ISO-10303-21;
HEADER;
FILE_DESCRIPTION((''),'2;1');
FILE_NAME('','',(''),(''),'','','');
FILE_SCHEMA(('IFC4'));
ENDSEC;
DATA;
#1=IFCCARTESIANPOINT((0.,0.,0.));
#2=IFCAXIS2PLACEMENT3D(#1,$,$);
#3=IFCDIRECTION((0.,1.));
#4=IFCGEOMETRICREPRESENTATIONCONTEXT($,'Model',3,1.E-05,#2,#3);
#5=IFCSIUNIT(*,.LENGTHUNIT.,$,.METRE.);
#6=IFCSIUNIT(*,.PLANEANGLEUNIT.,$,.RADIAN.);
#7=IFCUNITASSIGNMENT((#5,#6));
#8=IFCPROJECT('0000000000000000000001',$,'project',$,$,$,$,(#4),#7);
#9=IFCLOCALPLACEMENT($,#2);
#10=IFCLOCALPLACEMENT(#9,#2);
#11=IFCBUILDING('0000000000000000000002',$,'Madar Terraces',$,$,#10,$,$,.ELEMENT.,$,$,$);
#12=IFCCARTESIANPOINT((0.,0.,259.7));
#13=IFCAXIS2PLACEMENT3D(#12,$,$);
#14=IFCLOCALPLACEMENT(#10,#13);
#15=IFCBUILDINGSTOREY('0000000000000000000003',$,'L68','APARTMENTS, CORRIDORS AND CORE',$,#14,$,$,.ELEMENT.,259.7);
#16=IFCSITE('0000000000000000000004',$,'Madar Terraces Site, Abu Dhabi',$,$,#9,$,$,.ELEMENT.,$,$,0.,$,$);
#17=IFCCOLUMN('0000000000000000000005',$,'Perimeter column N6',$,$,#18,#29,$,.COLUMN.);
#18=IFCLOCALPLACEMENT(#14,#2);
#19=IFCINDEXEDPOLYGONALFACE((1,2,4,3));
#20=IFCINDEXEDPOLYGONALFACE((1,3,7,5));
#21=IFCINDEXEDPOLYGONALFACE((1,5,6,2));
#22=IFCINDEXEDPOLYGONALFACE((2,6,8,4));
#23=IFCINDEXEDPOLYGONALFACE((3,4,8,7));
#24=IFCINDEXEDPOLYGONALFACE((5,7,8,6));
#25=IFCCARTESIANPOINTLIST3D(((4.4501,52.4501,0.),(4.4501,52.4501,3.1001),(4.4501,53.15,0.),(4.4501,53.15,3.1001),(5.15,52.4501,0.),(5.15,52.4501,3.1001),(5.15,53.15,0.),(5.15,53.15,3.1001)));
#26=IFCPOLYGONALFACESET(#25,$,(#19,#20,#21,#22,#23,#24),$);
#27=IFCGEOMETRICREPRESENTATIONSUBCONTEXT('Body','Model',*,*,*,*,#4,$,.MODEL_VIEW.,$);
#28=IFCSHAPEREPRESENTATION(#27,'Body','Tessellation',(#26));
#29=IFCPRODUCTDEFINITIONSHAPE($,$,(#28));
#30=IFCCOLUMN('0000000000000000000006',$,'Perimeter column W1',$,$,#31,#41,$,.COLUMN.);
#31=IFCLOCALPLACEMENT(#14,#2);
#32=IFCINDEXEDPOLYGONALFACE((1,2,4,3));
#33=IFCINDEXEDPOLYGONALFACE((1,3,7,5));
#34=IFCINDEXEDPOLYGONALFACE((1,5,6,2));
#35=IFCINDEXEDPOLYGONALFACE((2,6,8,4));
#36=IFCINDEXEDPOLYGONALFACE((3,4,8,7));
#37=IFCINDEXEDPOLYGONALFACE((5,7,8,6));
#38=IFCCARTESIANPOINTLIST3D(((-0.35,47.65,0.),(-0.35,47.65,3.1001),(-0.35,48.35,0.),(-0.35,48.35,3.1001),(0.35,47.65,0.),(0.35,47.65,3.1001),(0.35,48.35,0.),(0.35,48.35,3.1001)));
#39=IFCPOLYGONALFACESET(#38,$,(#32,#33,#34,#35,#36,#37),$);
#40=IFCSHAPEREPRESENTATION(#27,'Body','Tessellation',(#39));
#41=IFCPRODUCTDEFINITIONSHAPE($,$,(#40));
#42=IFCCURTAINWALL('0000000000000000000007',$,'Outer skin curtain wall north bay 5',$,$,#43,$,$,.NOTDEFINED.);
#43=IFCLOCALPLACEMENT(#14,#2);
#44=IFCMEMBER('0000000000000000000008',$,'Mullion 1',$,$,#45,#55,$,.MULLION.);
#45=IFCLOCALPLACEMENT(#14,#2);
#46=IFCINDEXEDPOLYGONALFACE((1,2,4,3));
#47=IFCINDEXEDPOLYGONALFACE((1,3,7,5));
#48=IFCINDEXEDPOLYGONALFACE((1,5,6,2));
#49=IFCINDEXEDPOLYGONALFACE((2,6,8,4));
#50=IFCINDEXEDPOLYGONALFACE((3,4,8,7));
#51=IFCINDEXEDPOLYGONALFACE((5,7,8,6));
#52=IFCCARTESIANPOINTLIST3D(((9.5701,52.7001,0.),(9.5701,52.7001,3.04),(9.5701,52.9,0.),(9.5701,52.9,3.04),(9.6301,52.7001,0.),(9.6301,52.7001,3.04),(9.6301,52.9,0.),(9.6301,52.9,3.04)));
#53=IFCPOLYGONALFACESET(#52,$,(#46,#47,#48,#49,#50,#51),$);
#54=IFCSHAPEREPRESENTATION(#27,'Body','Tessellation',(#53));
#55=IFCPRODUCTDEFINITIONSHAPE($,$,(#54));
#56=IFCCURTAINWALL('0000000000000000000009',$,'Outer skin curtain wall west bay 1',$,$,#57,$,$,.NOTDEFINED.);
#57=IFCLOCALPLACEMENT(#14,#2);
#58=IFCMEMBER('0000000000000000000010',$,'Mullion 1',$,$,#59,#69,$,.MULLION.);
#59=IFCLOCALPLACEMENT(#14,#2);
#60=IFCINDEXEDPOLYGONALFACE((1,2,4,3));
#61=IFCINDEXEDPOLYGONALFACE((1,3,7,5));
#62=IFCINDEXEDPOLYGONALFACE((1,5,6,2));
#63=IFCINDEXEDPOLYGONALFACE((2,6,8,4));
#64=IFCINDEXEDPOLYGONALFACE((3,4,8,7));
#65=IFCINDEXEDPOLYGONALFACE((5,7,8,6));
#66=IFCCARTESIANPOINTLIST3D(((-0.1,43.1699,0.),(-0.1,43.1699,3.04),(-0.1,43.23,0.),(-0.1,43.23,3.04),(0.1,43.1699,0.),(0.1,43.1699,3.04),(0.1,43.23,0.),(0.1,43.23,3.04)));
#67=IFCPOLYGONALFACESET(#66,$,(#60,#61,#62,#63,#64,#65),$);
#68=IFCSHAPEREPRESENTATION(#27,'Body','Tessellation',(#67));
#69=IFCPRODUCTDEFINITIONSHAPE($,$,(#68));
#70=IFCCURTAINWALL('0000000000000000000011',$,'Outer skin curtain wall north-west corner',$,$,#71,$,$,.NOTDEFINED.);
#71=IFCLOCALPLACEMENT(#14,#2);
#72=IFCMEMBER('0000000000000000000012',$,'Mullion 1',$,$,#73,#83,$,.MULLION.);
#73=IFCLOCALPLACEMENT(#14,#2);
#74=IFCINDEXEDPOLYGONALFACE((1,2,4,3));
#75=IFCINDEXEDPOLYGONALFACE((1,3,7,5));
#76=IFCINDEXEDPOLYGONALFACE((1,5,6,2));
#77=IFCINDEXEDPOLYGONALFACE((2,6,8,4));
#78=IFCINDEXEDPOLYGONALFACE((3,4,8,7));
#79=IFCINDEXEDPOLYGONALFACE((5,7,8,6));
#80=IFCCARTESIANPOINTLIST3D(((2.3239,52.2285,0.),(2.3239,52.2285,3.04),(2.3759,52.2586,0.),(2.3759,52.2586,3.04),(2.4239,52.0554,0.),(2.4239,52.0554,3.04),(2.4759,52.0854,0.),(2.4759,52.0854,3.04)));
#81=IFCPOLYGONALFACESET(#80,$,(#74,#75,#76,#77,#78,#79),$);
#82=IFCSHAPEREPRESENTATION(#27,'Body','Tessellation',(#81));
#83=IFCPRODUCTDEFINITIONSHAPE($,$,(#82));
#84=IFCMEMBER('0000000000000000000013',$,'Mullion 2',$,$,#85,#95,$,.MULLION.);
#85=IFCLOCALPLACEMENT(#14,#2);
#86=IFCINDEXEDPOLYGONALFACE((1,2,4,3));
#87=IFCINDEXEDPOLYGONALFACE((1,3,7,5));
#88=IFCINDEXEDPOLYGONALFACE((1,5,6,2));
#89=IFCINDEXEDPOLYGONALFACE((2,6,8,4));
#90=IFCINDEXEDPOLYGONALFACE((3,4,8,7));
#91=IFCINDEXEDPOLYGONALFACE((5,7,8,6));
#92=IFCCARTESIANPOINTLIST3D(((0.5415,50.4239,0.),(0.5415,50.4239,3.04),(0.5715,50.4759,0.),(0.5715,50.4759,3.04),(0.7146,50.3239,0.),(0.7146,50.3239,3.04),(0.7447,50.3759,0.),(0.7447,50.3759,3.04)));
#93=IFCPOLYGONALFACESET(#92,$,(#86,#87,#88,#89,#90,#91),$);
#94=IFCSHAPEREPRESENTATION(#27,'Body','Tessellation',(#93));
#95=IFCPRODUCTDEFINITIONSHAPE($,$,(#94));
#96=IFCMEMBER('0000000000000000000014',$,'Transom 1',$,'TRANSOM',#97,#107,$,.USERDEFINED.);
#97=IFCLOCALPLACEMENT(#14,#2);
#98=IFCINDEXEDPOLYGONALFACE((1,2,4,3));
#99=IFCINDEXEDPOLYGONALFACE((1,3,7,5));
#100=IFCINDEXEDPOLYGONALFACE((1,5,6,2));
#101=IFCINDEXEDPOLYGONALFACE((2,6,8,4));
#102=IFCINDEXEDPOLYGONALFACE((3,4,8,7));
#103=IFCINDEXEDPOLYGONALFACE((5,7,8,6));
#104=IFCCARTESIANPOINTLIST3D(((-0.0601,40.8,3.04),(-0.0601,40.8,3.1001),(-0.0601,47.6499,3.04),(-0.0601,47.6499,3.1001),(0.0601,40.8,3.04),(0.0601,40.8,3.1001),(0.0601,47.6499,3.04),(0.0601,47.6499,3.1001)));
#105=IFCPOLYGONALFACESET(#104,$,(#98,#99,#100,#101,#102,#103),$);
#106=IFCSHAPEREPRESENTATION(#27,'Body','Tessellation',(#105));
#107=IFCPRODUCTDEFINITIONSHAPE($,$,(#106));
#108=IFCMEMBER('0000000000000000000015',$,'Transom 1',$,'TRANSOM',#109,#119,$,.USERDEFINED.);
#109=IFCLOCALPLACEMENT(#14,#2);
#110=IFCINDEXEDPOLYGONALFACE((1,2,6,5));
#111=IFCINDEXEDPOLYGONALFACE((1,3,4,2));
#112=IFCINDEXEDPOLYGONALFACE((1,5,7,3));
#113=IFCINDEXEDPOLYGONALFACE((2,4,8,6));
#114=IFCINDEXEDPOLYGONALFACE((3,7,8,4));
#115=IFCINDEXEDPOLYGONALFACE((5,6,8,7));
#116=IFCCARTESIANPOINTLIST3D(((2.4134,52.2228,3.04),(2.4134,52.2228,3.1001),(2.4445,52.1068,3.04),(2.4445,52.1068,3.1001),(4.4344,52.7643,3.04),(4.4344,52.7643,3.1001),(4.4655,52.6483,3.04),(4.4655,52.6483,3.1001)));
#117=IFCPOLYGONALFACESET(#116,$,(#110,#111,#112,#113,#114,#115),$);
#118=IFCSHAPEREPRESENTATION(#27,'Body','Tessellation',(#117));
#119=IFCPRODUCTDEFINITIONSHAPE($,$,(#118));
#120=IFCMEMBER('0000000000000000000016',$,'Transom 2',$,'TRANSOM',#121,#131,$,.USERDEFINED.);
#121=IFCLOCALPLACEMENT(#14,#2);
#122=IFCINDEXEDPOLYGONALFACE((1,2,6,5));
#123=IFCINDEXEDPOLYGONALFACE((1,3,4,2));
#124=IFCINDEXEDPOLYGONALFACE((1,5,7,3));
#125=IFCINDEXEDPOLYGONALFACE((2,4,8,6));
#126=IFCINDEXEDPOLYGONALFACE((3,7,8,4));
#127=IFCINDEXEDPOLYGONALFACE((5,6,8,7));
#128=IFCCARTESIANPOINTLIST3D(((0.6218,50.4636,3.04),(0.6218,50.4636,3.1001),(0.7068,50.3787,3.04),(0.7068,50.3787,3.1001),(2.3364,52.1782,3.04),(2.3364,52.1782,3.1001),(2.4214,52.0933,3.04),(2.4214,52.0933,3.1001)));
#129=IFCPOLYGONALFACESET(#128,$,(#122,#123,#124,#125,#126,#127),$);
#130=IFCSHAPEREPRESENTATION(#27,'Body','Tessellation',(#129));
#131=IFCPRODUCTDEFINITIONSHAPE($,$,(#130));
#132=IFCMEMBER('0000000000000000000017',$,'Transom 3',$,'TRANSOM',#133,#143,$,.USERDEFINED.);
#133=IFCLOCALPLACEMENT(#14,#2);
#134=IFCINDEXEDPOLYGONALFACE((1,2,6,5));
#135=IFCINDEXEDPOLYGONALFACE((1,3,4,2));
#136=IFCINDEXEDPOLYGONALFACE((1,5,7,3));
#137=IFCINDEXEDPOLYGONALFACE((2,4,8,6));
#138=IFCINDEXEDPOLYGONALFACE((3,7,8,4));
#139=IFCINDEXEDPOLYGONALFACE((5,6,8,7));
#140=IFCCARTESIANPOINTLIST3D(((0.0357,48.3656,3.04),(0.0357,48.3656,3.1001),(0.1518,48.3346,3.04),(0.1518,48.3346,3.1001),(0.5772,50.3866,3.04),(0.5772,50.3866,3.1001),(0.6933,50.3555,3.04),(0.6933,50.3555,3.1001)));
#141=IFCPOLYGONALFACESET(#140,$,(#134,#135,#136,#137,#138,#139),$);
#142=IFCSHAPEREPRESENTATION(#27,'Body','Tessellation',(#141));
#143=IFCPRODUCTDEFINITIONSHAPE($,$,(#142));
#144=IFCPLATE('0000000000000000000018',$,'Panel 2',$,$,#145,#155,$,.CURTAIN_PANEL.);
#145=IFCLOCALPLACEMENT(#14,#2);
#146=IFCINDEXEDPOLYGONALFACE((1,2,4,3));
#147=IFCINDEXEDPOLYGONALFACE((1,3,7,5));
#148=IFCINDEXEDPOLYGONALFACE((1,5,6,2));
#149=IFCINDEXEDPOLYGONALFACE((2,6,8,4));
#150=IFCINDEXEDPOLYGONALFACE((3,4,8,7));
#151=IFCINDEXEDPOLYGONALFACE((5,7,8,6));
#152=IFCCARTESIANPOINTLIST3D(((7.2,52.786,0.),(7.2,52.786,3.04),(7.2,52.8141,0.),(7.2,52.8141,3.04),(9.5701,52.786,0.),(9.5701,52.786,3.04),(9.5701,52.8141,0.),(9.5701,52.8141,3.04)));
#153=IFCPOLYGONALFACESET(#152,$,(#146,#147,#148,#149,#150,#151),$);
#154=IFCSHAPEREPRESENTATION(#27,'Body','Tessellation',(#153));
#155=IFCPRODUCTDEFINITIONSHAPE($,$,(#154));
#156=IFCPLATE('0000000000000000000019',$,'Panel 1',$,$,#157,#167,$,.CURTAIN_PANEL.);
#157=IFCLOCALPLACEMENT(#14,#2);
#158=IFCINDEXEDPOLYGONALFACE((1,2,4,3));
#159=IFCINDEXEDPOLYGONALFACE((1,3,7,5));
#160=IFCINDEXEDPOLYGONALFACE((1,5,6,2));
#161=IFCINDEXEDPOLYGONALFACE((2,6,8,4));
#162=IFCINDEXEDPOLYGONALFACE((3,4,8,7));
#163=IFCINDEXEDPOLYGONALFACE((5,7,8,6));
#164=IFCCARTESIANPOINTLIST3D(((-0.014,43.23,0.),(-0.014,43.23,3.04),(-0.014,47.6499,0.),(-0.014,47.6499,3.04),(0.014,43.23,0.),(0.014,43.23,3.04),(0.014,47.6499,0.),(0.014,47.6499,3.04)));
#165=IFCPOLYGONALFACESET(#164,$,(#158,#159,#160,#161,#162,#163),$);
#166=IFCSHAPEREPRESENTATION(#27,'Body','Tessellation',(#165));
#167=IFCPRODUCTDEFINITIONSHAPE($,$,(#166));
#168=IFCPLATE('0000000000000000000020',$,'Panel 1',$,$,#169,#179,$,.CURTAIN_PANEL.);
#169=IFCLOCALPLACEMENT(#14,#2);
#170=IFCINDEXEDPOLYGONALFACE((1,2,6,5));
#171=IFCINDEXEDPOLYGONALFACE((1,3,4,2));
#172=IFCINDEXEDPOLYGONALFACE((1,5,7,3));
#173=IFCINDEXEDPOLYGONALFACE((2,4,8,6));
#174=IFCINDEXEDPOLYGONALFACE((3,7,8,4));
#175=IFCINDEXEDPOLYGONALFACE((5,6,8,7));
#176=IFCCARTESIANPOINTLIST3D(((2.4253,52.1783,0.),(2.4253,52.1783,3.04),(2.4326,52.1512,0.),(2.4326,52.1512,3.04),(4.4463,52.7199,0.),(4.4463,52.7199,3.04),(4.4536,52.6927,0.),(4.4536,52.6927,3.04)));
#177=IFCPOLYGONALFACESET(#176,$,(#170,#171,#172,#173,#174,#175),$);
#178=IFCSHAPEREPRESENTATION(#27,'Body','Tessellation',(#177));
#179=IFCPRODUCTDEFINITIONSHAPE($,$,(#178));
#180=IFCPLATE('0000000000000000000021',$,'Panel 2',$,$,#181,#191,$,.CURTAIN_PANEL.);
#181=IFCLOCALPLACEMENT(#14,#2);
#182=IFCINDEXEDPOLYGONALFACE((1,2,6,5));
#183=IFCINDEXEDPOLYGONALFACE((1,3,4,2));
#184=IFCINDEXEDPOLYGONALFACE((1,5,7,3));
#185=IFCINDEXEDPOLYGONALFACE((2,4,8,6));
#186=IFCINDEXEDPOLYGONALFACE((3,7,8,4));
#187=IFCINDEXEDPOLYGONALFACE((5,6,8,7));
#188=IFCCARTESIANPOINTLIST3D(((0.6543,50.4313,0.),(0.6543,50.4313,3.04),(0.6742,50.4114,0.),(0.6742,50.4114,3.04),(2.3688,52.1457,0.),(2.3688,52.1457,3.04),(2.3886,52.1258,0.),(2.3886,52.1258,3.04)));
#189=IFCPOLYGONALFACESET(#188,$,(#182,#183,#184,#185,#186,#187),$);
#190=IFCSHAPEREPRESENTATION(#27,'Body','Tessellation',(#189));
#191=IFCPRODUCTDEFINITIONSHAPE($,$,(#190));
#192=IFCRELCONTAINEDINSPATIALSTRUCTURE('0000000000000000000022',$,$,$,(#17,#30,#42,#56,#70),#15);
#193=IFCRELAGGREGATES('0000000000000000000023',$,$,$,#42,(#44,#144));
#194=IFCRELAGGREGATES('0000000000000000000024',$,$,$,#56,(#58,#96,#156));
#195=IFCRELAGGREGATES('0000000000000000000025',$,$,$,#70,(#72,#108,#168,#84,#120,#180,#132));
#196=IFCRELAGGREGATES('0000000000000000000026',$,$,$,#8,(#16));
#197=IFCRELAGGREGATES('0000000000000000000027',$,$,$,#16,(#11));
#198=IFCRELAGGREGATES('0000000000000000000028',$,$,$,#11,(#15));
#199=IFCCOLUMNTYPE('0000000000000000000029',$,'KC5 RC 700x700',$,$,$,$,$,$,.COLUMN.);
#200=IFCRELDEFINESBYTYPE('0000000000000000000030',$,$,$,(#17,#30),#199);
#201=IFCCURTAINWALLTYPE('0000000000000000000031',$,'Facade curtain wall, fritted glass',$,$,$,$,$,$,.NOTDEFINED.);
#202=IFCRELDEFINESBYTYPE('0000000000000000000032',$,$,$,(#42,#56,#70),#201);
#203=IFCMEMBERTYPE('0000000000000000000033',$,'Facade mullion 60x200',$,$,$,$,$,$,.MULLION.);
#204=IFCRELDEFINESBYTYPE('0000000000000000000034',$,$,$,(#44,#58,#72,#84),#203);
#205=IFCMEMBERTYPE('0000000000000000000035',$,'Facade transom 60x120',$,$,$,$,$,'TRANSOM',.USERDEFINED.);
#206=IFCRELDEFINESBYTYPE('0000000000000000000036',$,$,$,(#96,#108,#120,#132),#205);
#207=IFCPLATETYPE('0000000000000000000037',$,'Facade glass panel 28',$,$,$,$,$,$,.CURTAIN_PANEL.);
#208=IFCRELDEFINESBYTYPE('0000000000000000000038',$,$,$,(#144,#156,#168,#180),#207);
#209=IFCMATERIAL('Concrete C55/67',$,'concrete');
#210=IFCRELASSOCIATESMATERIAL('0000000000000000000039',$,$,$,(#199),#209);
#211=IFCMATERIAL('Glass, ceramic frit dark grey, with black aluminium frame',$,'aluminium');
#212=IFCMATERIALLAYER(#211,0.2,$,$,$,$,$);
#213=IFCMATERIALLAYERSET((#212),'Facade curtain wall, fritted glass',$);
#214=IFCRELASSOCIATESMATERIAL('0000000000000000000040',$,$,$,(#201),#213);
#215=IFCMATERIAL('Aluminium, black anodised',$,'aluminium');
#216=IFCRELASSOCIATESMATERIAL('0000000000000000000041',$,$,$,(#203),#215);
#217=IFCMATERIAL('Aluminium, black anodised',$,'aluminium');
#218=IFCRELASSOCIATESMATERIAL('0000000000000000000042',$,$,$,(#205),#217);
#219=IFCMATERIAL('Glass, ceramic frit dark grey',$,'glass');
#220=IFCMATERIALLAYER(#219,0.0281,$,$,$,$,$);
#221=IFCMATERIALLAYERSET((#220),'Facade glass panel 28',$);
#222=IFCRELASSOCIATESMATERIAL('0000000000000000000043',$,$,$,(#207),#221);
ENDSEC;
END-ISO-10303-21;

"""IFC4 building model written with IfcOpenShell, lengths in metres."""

from ifc_helpers import new_model, si_unit, direction, frame, origin, origin_2d, place, context, subcontext, project, spatial, rectangle, extrude, material, layer, layer_set, material_profile, profile_set, type_object, element, aggregate, save


model = new_model("IFC4")

# Units and contexts
model_context = context("Model", 3, precision=1e-05, world=origin(), true_north=direction((0.0, 1.0)))
body_context = subcontext(model_context, "Body", "Model", "MODEL_VIEW")
ifc_project = project(units=[si_unit("LENGTHUNIT", "METRE"), si_unit("PLANEANGLEUNIT", "RADIAN")], contexts=[model_context])

# Site, building, storey
site_placement = place(None, origin())
site = spatial("IfcSite", under=ifc_project, at=site_placement, Name="Madar Terraces Site, Abu Dhabi", CompositionType="ELEMENT", RefElevation=0.0)
building_placement = place(site_placement, origin())
building = spatial("IfcBuilding", under=site, at=building_placement, Name="Madar Terraces", CompositionType="ELEMENT")
storey_placement = place(building_placement, frame((0.0, 0.0, 259.7)))
storey = spatial("IfcBuildingStorey", under=building, at=storey_placement, Name="L68", Description="APARTMENTS, CORRIDORS AND CORE", CompositionType="ELEMENT", Elevation=259.7)

# Columns
ifc_material_1 = material(Name="Concrete C55/67", Category="concrete")
ifc_material_profile_1 = material_profile(ifc_material_1, rectangle(XDim=0.7, YDim=0.7, at=origin_2d()), Name="KC5 RC 700x700")
ifc_profile_set_1 = profile_set([ifc_material_profile_1], Name="Concrete C55/67")
column_type = type_object("IfcColumnType", Name="KC5 RC 700x700", PredefinedType="COLUMN", material=ifc_profile_set_1)
for number, where, z_axis, x_axis, name in (
    (1, (4.8, 52.8, 0.0), (0.0, 0.0, 1.0), (1.0, 0.0, 0.0), "Perimeter column N6"),
    (2, (0.0, 48.0, 0.0), (0.0, 0.0, 1.0), (1.0, 0.0, 0.0), "Perimeter column W1"),
):
    element("IfcColumn", number, at=place(storey_placement, frame(where, z_axis=z_axis, x_axis=x_axis)), inside=storey, type_object=column_type, Name=name, PredefinedType="COLUMN", context=body_context, shape_type="SweptSolid", body=[
        extrude(rectangle(XDim=0.7, YDim=0.7, at=origin_2d()), origin(), (0.0, 0.0, 1.0), 3.1001),
    ])

# Curtain walls, members
ifc_material_2 = material(Name="Glass, ceramic frit dark grey, with black aluminium frame", Category="aluminium")
ifc_layer_1 = layer(ifc_material_2, 0.2)
ifc_layer_set_1 = layer_set([ifc_layer_1], Name="Facade curtain wall, fritted glass")
curtain_wall_type = type_object("IfcCurtainWallType", Name="Facade curtain wall, fritted glass", PredefinedType="NOTDEFINED", material=ifc_layer_set_1)
curtain_wall_1_placement = place(storey_placement, origin())
curtain_wall_1 = element("IfcCurtainWall", 3, at=curtain_wall_1_placement, inside=storey, type_object=curtain_wall_type, Name="Outer skin curtain wall north bay 5", PredefinedType="NOTDEFINED")
ifc_material_3 = material(Name="Aluminium, black anodised", Category="aluminium")
ifc_material_profile_2 = material_profile(ifc_material_3, rectangle(XDim=0.2, YDim=0.0601, at=origin_2d()), Name="Facade mullion 60x200")
ifc_profile_set_2 = profile_set([ifc_material_profile_2], Name="Aluminium, black anodised")
member_type_1 = type_object("IfcMemberType", Name="Facade mullion 60x200", PredefinedType="MULLION", material=ifc_profile_set_2)
member_1_placement = place(storey_placement, frame((9.6001, 52.8, 0.0), z_axis=(0.0, 0.0, 1.0), x_axis=(0.0, -1.0, 0.0)))
member_1 = element("IfcMember", 4, at=member_1_placement, type_object=member_type_1, Name="Mullion 1", PredefinedType="MULLION", context=body_context, shape_type="SweptSolid", body=[
    extrude(rectangle(XDim=0.2, YDim=0.0601, at=origin_2d()), origin(), (0.0, 0.0, 1.0), 3.04),
])
curtain_wall_2_placement = place(storey_placement, origin())
curtain_wall_2 = element("IfcCurtainWall", 5, at=curtain_wall_2_placement, inside=storey, type_object=curtain_wall_type, Name="Outer skin curtain wall west bay 1", PredefinedType="NOTDEFINED")
member_2_placement = place(storey_placement, frame((0.0, 43.2, 0.0), z_axis=(0.0, 0.0, 1.0), x_axis=(1.0, 0.0, 0.0)))
member_2 = element("IfcMember", 6, at=member_2_placement, type_object=member_type_1, Name="Mullion 1", PredefinedType="MULLION", context=body_context, shape_type="SweptSolid", body=[
    extrude(rectangle(XDim=0.2, YDim=0.0601, at=origin_2d()), origin(), (0.0, 0.0, 1.0), 3.04),
])

# Curtain wall, members
curtain_wall_3_placement = place(storey_placement, origin())
curtain_wall_3 = element("IfcCurtainWall", 7, at=curtain_wall_3_placement, inside=storey, type_object=curtain_wall_type, Name="Outer skin curtain wall north-west corner", PredefinedType="NOTDEFINED")
member_3_placement = place(storey_placement, frame((2.3999, 52.157, 0.0), z_axis=(0.0, 0.0, 1.0), x_axis=(0.5, -0.866025, 0.0)))
member_3 = element("IfcMember", 8, at=member_3_placement, type_object=member_type_1, Name="Mullion 1", PredefinedType="MULLION", context=body_context, shape_type="SweptSolid", body=[
    extrude(rectangle(XDim=0.2, YDim=0.0601, at=origin_2d()), origin(), (0.0, 0.0, 1.0), 3.04),
])
member_4_placement = place(storey_placement, frame((0.6431, 50.3999, 0.0), z_axis=(0.0, 0.0, 1.0), x_axis=(0.866025, -0.5, 0.0)))
member_4 = element("IfcMember", 9, at=member_4_placement, type_object=member_type_1, Name="Mullion 2", PredefinedType="MULLION", context=body_context, shape_type="SweptSolid", body=[
    extrude(rectangle(XDim=0.2, YDim=0.0601, at=origin_2d()), origin(), (0.0, 0.0, 1.0), 3.04),
])

# Members
ifc_material_4 = material(Name="Aluminium, black anodised", Category="aluminium")
ifc_material_profile_3 = material_profile(ifc_material_4, rectangle(XDim=0.1201, YDim=0.0601, at=origin_2d()), Name="Facade transom 60x120")
ifc_profile_set_3 = profile_set([ifc_material_profile_3], Name="Aluminium, black anodised")
member_type_2 = type_object("IfcMemberType", Name="Facade transom 60x120", ElementType="TRANSOM", PredefinedType="USERDEFINED", material=ifc_profile_set_3)
member_5_placement = place(storey_placement, frame((0.0, 47.6499, 3.0701), z_axis=(0.0, -1.0, 0.0), x_axis=(1.0, 0.0, 0.0)))
member_5 = element("IfcMember", 10, at=member_5_placement, type_object=member_type_2, Name="Transom 1", ObjectType="TRANSOM", PredefinedType="USERDEFINED", context=body_context, shape_type="SweptSolid", body=[
    extrude(rectangle(XDim=0.1201, YDim=0.0601, at=origin_2d()), origin(), (0.0, 0.0, 1.0), 6.8499),
])
member_6_placement = place(storey_placement, frame((4.45, 52.7063, 3.0701), z_axis=(-0.965928, -0.25881, 0.0), x_axis=(0.25881, -0.965928, 0.0)))
member_6 = element("IfcMember", 11, at=member_6_placement, type_object=member_type_2, Name="Transom 1", ObjectType="TRANSOM", PredefinedType="USERDEFINED", context=body_context, shape_type="SweptSolid", body=[
    extrude(rectangle(XDim=0.1201, YDim=0.0601, at=origin_2d()), origin(), (0.0, 0.0, 1.0), 2.0923),
])
member_7_placement = place(storey_placement, frame((2.3789, 52.1357, 3.0701), z_axis=(-0.707107, -0.707107, 0.0), x_axis=(0.707107, -0.707107, 0.0)))
member_7 = element("IfcMember", 12, at=member_7_placement, type_object=member_type_2, Name="Transom 2", ObjectType="TRANSOM", PredefinedType="USERDEFINED", context=body_context, shape_type="SweptSolid", body=[
    extrude(rectangle(XDim=0.1201, YDim=0.0601, at=origin_2d()), origin(), (0.0, 0.0, 1.0), 2.4248),
])
member_8_placement = place(storey_placement, frame((0.6353, 50.3711, 3.0701), z_axis=(-0.25881, -0.965928, 0.0), x_axis=(0.965928, -0.25881, 0.0)))
member_8 = element("IfcMember", 13, at=member_8_placement, type_object=member_type_2, Name="Transom 3", ObjectType="TRANSOM", PredefinedType="USERDEFINED", context=body_context, shape_type="SweptSolid", body=[
    extrude(rectangle(XDim=0.1201, YDim=0.0601, at=origin_2d()), origin(), (0.0, 0.0, 1.0), 2.0923),
])

# Plates
ifc_material_5 = material(Name="Glass, ceramic frit dark grey", Category="glass")
ifc_layer_2 = layer(ifc_material_5, 0.0281)
ifc_layer_set_2 = layer_set([ifc_layer_2], Name="Facade glass panel 28")
plate_type = type_object("IfcPlateType", Name="Facade glass panel 28", PredefinedType="CURTAIN_PANEL", material=ifc_layer_set_2)
plate_1_placement = place(storey_placement, frame((8.385, 52.8, 0.0), z_axis=(0.0, 0.0, 1.0), x_axis=(-1.0, 0.0, 0.0)))
plate_1 = element("IfcPlate", 14, at=plate_1_placement, type_object=plate_type, Name="Panel 2", PredefinedType="CURTAIN_PANEL", context=body_context, shape_type="SweptSolid", body=[
    extrude(rectangle(XDim=2.3701, YDim=0.0281, at=origin_2d()), origin(), (0.0, 0.0, 1.0), 3.04),
])
aggregate(curtain_wall_1, [member_1, plate_1])
plate_2_placement = place(storey_placement, frame((0.0, 45.4399, 0.0), z_axis=(0.0, 0.0, 1.0), x_axis=(0.0, -1.0, 0.0)))
plate_2 = element("IfcPlate", 15, at=plate_2_placement, type_object=plate_type, Name="Panel 1", PredefinedType="CURTAIN_PANEL", context=body_context, shape_type="SweptSolid", body=[
    extrude(rectangle(XDim=4.4199, YDim=0.0281, at=origin_2d()), origin(), (0.0, 0.0, 1.0), 3.04),
])
aggregate(curtain_wall_2, [member_2, member_5, plate_2])
plate_3_placement = place(storey_placement, frame((3.4395, 52.4355, 0.0), z_axis=(0.0, 0.0, 1.0), x_axis=(-0.965926, -0.258819, 0.0)))
plate_3 = element("IfcPlate", 16, at=plate_3_placement, type_object=plate_type, Name="Panel 1", PredefinedType="CURTAIN_PANEL", context=body_context, shape_type="SweptSolid", body=[
    extrude(rectangle(XDim=2.0923, YDim=0.0281, at=origin_2d()), origin(), (0.0, 0.0, 1.0), 3.04),
])
plate_4_placement = place(storey_placement, frame((1.5215, 51.2786, 0.0), z_axis=(0.0, 0.0, 1.0), x_axis=(-0.707107, -0.707107, 0.0)))
plate_4 = element("IfcPlate", 17, at=plate_4_placement, type_object=plate_type, Name="Panel 2", PredefinedType="CURTAIN_PANEL", context=body_context, shape_type="SweptSolid", body=[
    extrude(rectangle(XDim=2.4246, YDim=0.0281, at=origin_2d()), origin(), (0.0, 0.0, 1.0), 3.04),
])
aggregate(curtain_wall_3, [member_3, member_6, plate_3, member_4, member_7, plate_4, member_8])

save(model, "model.ifc")
